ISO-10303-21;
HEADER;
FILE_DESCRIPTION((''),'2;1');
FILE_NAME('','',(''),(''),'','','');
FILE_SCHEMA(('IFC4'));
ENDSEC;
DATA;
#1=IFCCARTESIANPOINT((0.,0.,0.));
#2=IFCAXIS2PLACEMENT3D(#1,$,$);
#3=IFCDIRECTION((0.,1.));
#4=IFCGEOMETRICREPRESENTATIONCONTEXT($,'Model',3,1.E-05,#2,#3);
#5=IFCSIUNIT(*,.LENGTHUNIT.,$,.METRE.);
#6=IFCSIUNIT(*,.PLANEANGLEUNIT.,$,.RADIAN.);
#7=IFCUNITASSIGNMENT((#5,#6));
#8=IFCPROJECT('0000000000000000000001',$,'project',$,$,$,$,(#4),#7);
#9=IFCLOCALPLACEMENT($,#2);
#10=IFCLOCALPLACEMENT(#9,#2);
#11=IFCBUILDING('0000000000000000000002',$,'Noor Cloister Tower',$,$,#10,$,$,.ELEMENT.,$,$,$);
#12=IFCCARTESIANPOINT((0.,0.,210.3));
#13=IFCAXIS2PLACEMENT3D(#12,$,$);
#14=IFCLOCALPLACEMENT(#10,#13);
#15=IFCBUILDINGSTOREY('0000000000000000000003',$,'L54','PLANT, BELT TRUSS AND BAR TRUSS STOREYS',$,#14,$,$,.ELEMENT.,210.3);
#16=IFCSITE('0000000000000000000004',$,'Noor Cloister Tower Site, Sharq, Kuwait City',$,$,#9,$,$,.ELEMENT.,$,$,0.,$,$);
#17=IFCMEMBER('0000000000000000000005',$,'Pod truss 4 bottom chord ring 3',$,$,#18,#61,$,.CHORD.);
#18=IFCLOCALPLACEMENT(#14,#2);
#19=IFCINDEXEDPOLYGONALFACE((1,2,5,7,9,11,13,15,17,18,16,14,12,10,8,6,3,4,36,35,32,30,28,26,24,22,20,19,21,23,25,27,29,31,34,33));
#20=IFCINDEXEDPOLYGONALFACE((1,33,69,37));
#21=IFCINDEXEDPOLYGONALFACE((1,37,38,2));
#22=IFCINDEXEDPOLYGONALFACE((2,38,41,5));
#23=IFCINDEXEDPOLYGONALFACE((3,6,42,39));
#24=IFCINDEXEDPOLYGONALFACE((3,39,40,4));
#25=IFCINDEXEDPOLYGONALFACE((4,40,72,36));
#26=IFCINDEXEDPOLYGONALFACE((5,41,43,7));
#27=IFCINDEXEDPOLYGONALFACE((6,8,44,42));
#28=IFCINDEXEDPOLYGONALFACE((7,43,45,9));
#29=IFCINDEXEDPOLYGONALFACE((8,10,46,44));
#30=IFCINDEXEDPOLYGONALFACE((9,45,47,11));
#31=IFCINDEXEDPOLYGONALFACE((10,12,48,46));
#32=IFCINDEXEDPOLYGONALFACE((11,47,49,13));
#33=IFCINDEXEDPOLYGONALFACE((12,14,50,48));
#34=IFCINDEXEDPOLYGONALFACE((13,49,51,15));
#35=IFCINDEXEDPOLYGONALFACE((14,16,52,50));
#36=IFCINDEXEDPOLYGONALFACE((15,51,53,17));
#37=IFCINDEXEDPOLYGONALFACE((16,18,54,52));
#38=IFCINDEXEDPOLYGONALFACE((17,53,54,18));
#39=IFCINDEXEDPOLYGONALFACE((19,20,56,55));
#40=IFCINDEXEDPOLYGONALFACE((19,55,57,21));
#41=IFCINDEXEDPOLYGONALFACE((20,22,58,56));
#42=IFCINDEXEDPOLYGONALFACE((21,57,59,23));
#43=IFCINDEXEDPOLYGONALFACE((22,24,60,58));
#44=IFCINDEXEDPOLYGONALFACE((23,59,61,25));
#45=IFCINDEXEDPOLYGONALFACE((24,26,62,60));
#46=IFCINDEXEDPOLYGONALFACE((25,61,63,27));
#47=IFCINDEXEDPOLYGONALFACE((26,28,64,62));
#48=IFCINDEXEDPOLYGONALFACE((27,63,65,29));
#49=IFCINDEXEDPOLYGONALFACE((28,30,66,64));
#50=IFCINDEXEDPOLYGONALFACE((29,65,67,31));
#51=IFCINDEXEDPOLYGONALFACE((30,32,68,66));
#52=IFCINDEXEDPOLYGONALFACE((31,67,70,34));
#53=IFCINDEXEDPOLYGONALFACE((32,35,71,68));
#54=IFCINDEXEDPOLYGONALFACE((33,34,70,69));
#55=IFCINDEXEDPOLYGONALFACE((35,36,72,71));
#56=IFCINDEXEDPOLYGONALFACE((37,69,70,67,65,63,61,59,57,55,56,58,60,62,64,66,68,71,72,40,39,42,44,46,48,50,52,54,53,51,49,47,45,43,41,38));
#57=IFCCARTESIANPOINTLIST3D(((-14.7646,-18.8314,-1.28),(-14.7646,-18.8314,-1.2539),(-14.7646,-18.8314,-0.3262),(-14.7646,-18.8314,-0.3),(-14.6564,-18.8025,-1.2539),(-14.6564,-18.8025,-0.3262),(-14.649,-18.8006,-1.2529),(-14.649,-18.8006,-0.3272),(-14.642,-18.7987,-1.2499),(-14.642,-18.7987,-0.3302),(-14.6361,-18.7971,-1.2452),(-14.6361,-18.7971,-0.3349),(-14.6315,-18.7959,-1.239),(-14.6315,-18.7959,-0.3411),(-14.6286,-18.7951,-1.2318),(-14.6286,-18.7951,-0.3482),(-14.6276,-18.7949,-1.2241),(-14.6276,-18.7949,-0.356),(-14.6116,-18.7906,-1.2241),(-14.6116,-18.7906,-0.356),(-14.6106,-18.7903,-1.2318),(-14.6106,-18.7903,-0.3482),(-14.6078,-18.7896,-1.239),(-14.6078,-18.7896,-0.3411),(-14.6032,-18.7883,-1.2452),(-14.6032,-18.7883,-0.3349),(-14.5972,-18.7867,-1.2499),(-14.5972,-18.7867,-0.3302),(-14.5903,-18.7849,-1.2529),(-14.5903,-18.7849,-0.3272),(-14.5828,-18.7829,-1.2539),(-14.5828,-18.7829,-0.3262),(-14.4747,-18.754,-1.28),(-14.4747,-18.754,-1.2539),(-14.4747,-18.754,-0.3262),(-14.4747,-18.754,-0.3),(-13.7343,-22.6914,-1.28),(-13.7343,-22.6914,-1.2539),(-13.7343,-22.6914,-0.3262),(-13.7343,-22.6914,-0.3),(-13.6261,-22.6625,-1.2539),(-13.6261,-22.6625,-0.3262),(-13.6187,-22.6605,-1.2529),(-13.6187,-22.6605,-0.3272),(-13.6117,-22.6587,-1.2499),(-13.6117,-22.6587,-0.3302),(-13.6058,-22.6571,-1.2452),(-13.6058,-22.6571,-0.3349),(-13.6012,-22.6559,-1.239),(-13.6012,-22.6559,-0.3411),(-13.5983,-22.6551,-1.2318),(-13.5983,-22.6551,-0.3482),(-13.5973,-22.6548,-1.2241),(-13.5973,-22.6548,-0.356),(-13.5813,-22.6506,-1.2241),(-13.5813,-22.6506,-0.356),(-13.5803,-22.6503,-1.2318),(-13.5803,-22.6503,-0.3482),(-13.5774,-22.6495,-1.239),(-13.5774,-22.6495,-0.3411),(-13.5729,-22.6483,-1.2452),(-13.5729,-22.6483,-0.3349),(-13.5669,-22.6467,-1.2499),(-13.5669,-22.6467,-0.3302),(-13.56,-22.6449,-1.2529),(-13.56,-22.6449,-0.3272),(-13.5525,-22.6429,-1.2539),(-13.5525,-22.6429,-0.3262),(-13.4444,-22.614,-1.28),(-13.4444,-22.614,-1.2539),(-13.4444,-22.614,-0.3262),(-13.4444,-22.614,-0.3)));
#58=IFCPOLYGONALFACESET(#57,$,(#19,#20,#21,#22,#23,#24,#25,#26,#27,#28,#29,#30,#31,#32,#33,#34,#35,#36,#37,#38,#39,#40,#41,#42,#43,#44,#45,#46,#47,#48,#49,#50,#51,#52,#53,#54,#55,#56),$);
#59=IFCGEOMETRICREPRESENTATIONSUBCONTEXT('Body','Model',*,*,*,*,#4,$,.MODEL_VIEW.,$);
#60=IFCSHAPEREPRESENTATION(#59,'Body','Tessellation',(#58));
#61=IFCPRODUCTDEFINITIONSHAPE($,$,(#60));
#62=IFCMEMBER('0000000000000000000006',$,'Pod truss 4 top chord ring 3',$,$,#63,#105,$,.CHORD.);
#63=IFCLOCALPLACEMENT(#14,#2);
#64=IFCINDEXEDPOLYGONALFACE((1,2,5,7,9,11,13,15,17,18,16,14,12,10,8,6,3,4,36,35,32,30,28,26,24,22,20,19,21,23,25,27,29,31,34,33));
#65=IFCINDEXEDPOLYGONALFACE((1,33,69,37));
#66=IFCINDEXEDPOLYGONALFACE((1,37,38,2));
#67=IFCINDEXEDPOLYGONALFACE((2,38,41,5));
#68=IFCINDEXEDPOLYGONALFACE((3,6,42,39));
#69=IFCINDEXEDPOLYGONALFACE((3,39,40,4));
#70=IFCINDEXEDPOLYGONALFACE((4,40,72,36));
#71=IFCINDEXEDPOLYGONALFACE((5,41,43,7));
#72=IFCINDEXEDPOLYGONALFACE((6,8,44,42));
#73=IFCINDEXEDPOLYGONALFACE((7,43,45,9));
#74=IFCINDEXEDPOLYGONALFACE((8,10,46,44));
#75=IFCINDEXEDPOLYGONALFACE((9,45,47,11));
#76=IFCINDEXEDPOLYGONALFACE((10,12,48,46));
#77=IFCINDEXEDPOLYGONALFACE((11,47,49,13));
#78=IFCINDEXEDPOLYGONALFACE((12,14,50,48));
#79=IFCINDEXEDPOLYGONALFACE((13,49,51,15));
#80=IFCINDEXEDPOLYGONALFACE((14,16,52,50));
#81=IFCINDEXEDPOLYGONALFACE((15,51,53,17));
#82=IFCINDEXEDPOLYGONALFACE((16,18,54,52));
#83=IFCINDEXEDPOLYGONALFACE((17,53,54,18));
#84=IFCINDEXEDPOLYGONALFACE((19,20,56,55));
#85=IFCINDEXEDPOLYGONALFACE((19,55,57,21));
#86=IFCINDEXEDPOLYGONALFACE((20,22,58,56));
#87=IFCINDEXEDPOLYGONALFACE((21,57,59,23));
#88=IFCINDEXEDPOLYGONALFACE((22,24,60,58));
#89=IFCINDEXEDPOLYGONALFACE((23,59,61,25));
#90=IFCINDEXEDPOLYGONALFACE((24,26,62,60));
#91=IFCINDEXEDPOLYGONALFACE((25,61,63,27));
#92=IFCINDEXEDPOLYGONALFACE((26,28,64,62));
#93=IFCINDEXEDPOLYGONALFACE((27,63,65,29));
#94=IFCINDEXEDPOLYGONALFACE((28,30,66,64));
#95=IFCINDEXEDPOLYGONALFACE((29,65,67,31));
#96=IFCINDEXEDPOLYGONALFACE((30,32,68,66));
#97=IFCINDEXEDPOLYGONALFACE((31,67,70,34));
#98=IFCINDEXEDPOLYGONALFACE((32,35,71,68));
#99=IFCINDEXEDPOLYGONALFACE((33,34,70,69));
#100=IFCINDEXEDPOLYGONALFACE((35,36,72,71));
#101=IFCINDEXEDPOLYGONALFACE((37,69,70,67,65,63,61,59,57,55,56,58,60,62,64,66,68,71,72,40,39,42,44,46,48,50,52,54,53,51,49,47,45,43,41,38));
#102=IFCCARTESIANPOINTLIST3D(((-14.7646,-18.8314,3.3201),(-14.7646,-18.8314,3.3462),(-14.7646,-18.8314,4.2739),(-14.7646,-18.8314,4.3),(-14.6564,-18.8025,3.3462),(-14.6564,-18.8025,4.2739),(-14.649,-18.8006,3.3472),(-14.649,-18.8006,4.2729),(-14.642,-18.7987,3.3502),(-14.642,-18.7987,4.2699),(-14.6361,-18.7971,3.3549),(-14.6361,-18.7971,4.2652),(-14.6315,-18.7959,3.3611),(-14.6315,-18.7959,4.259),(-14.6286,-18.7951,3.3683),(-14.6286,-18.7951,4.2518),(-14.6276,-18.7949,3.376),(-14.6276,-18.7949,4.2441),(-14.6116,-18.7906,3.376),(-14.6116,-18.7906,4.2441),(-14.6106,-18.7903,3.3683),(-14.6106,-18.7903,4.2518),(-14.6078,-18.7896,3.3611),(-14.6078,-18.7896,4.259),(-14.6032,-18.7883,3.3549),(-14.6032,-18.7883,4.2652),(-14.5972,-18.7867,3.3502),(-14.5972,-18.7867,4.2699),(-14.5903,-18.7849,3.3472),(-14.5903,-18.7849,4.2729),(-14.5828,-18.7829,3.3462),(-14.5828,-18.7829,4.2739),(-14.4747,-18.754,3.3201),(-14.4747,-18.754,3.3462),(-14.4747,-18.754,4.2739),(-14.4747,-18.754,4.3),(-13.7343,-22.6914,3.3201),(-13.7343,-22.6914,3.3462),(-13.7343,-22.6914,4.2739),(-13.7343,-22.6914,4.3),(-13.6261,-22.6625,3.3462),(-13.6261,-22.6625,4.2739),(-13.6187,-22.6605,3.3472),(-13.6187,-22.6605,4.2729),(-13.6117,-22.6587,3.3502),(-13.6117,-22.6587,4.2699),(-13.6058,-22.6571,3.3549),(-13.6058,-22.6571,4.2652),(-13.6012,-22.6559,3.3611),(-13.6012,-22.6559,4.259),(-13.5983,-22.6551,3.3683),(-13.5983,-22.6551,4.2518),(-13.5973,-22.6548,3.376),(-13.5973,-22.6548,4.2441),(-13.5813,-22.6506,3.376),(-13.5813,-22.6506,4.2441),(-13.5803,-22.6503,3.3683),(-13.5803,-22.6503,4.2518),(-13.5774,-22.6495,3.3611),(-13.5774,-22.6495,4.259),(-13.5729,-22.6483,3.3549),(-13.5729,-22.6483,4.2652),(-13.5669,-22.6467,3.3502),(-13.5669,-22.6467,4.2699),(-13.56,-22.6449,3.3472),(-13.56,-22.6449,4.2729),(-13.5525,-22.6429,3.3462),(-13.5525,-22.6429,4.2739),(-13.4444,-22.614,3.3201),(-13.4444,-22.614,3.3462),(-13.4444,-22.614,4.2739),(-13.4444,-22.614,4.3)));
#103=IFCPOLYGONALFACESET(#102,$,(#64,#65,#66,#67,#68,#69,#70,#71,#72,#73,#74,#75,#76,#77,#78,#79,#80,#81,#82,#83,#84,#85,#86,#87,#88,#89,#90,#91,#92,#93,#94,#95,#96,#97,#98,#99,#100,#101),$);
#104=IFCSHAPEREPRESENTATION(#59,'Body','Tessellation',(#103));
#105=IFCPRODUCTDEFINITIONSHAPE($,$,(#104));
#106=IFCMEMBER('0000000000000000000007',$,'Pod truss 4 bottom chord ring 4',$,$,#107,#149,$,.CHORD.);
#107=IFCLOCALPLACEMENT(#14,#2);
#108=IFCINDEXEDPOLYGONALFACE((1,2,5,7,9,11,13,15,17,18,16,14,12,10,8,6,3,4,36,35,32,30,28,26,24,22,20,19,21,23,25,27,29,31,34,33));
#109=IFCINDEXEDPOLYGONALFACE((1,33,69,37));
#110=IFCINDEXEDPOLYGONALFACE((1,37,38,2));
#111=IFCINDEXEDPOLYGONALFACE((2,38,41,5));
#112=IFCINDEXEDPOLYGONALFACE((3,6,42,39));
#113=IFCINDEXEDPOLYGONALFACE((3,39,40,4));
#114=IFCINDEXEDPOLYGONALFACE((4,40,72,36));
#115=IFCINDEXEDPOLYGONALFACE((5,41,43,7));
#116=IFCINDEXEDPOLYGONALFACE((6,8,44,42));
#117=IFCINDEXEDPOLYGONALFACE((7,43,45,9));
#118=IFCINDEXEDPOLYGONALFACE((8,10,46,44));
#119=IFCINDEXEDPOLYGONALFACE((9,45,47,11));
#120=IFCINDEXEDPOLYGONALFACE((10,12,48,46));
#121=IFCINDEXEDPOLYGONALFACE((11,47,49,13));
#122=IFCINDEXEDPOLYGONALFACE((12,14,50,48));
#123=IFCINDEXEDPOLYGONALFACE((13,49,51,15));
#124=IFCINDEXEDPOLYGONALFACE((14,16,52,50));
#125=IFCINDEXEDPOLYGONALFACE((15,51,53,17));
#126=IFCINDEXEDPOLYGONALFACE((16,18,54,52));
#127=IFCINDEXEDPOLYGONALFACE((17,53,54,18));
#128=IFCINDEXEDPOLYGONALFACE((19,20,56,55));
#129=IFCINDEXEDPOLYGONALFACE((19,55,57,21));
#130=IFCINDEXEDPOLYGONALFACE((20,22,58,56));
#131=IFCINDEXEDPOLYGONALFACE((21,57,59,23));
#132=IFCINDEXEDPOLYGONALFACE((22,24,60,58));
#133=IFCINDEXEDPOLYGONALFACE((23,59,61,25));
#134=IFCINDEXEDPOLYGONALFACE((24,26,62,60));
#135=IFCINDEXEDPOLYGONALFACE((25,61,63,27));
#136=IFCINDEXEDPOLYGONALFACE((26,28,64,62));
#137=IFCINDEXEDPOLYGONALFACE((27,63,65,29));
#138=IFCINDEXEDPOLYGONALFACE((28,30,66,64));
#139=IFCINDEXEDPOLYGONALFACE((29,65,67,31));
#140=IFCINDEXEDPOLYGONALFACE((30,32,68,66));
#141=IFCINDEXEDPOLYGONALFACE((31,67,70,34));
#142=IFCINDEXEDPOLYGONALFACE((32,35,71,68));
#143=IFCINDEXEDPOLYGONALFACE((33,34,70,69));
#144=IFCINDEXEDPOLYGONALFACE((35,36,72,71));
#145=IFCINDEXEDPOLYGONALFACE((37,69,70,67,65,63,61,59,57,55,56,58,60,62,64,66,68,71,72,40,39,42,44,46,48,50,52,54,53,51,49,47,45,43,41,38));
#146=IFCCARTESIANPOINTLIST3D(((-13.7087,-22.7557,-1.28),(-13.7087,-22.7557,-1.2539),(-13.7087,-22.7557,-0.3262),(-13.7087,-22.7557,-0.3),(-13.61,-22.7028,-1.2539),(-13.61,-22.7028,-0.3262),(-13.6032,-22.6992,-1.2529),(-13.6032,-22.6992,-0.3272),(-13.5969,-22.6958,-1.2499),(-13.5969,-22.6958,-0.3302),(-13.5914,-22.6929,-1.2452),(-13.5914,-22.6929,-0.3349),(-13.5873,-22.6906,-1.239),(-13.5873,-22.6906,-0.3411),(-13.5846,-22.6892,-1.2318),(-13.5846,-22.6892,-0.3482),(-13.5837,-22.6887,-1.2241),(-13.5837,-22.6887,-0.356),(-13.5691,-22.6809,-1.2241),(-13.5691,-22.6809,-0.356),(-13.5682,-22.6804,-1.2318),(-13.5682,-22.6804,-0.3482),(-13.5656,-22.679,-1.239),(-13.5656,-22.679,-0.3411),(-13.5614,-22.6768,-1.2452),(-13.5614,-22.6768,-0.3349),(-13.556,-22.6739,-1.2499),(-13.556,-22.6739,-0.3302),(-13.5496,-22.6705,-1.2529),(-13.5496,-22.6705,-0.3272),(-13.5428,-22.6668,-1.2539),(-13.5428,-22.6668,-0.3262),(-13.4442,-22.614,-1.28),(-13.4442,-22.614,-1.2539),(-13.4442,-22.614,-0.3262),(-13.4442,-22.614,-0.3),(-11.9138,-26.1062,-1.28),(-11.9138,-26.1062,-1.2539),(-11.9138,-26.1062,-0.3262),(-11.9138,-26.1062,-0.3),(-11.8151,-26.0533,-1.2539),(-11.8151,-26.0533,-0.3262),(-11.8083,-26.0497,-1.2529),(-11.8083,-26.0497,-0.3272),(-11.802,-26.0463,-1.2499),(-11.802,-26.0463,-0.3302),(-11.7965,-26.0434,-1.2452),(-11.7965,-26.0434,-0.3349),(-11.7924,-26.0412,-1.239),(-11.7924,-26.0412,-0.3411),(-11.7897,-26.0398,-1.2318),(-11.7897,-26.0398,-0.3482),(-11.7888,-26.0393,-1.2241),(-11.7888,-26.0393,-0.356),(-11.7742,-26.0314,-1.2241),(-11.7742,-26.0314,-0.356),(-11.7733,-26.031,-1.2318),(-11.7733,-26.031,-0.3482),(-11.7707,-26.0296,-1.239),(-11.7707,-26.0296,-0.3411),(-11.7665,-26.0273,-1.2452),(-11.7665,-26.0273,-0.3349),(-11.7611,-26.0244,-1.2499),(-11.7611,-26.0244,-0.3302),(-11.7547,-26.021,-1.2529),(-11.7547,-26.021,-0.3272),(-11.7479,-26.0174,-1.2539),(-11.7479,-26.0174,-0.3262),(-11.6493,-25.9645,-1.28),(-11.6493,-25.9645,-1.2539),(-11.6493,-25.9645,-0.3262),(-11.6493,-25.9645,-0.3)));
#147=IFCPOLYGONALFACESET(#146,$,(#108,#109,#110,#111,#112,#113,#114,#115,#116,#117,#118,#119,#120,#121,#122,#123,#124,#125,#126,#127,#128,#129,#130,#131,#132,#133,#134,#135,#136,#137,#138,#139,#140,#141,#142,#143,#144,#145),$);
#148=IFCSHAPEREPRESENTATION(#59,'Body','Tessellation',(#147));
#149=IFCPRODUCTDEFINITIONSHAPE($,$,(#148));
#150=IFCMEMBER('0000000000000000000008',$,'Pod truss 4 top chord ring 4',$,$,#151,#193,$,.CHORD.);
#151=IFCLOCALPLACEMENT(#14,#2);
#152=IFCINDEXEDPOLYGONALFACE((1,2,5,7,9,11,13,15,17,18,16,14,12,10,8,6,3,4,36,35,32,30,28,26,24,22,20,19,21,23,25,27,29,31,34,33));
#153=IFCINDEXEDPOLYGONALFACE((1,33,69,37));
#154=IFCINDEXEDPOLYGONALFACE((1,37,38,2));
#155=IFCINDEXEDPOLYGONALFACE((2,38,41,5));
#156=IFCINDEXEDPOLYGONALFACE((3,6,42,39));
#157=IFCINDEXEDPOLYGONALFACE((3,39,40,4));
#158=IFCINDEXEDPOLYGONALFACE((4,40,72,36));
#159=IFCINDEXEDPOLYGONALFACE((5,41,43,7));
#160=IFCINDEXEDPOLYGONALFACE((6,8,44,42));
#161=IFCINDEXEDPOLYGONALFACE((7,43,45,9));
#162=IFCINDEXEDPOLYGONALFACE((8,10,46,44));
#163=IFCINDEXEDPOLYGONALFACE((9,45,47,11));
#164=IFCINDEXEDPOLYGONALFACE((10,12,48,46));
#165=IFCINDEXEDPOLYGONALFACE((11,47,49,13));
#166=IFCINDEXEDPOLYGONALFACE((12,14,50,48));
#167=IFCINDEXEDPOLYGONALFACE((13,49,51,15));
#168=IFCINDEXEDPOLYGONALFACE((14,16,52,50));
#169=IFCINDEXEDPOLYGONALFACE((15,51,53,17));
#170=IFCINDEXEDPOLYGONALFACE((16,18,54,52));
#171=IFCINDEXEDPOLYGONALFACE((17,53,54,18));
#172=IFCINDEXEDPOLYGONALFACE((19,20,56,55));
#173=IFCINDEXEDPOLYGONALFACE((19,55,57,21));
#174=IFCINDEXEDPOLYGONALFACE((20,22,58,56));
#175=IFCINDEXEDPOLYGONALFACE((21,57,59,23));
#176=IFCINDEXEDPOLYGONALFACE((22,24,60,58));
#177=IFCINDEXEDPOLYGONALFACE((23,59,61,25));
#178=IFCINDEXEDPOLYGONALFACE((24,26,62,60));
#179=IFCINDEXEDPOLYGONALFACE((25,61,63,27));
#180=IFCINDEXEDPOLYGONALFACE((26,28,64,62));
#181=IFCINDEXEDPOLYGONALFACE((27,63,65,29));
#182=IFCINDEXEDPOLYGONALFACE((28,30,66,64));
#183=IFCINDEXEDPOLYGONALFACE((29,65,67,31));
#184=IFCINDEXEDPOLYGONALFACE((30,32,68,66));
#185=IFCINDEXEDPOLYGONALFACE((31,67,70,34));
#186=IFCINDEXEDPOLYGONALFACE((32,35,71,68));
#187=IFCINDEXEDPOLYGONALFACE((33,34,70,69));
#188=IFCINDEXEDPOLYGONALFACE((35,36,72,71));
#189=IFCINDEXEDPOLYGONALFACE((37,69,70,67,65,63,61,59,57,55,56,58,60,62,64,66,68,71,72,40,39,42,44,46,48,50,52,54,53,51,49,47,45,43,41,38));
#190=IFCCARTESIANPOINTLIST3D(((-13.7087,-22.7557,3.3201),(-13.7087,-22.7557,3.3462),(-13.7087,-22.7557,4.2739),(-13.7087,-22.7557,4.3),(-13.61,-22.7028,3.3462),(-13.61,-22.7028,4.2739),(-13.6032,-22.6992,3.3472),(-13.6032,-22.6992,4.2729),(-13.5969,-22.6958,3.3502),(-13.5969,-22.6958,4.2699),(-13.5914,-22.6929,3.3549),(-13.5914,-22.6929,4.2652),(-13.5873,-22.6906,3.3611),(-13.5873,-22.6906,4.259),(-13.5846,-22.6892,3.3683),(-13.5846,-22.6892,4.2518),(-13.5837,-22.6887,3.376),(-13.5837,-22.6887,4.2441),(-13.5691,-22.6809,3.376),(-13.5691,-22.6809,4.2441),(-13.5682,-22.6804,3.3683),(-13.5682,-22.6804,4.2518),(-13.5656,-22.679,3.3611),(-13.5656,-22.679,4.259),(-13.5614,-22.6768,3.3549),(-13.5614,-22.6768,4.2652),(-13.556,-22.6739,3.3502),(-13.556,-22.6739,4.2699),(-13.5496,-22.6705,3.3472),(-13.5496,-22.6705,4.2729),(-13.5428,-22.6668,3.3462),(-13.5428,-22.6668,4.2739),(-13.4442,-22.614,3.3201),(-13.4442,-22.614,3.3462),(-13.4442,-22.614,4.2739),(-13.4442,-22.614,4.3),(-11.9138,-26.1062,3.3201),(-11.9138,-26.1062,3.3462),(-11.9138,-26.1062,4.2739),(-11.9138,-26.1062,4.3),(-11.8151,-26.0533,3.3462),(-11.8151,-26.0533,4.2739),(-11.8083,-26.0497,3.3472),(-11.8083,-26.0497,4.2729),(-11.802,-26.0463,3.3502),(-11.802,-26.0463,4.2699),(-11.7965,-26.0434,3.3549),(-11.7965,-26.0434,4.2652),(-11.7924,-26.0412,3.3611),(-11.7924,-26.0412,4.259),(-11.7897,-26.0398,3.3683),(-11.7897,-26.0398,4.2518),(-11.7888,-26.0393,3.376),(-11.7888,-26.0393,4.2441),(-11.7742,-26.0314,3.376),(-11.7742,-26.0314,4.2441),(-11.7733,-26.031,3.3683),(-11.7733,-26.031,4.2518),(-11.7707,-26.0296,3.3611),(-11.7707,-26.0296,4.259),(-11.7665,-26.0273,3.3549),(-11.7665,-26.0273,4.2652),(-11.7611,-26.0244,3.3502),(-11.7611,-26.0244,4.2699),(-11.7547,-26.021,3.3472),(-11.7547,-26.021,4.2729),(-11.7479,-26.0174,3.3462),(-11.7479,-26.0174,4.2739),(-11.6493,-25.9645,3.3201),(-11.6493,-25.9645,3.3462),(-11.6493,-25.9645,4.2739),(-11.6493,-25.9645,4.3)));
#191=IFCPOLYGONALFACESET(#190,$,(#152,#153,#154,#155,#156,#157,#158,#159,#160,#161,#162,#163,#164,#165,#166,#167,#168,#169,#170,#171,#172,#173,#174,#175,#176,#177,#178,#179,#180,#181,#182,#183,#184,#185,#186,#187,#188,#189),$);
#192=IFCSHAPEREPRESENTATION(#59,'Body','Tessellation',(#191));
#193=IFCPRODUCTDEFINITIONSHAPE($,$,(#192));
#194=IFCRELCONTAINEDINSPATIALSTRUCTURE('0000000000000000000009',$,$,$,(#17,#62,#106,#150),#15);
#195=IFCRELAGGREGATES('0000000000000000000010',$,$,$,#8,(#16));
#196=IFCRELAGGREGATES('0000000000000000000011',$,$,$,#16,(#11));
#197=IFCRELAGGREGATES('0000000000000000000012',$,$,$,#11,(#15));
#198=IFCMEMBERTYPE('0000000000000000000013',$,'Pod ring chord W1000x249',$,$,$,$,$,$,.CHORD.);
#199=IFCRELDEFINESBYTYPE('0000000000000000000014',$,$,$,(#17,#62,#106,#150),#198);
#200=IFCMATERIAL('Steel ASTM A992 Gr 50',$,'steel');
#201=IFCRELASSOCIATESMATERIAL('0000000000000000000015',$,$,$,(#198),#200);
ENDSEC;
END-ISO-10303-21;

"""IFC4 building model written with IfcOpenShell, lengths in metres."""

from ifc_helpers import new_model, si_unit, direction, frame, origin, origin_2d, place, context, subcontext, project, spatial, i_section, extrude, material, material_profile, profile_set, type_object, element, save


model = new_model("IFC4")

# Units and contexts
model_context = context("Model", 3, precision=1e-05, world=origin(), true_north=direction((0.0, 1.0)))
body_context = subcontext(model_context, "Body", "Model", "MODEL_VIEW")
ifc_project = project(units=[si_unit("LENGTHUNIT", "METRE"), si_unit("PLANEANGLEUNIT", "RADIAN")], contexts=[model_context])

# Site, building, storey
site_placement = place(None, origin())
site = spatial("IfcSite", under=ifc_project, at=site_placement, Name="Noor Cloister Tower Site, Sharq, Kuwait City", CompositionType="ELEMENT", RefElevation=0.0)
building_placement = place(site_placement, origin())
building = spatial("IfcBuilding", under=site, at=building_placement, Name="Noor Cloister Tower", CompositionType="ELEMENT")
storey_placement = place(building_placement, frame((0.0, 0.0, 210.3)))
storey = spatial("IfcBuildingStorey", under=building, at=storey_placement, Name="L54", Description="PLANT, BELT TRUSS AND BAR TRUSS STOREYS", CompositionType="ELEMENT", Elevation=210.3)

# Members
ifc_material_1 = material(Name="Steel ASTM A992 Gr 50", Category="steel")
ifc_material_profile_1 = material_profile(ifc_material_1, i_section(OverallWidth=0.3, OverallDepth=0.98, WebThickness=0.0166, FlangeThickness=0.0261, FilletRadius=0.0298, at=origin_2d()), Name="W1000x249")
ifc_profile_set_1 = profile_set([ifc_material_profile_1], Name="Steel ASTM A992 Gr 50")
member_type_1 = type_object("IfcMemberType", Name="Pod ring chord W1000x249", PredefinedType="CHORD", material=ifc_profile_set_1)
for number, where, z_axis, x_axis, name in (
    (1, (-14.6196, -18.7927, -0.79), (0.257891, -0.966174, 0.0), (0.966174, 0.257891, 0.0), "Pod truss 4 bottom chord ring 3"),
    (2, (-14.6196, -18.7927, 3.8101), (0.257891, -0.966174, 0.0), (0.966174, 0.257891, 0.0), "Pod truss 4 top chord ring 3"),
):
    element("IfcMember", number, at=place(storey_placement, frame(where, z_axis=z_axis, x_axis=x_axis)), inside=storey, type_object=member_type_1, Name=name, PredefinedType="CHORD", context=body_context, shape_type="SweptSolid", body=[
        extrude(i_section(OverallWidth=0.3, OverallDepth=0.98, WebThickness=0.0166, FlangeThickness=0.0261, FilletRadius=0.0298, at=origin_2d()), origin(), (0.0, 0.0, 1.0), 3.9951),
    ])
for number, where, z_axis, x_axis, name in (
    (3, (-13.5764, -22.6848, -0.79), (0.472214, -0.881484, 0.0), (0.881484, 0.472214, 0.0), "Pod truss 4 bottom chord ring 4"),
    (4, (-13.5764, -22.6848, 3.8101), (0.472214, -0.881484, 0.0), (0.881484, 0.472214, 0.0), "Pod truss 4 top chord ring 4"),
):
    element("IfcMember", number, at=place(storey_placement, frame(where, z_axis=z_axis, x_axis=x_axis)), inside=storey, type_object=member_type_1, Name=name, PredefinedType="CHORD", context=body_context, shape_type="SweptSolid", body=[
        extrude(i_section(OverallWidth=0.3, OverallDepth=0.98, WebThickness=0.0166, FlangeThickness=0.0261, FilletRadius=0.0298, at=origin_2d()), origin(), (0.0, 0.0, 1.0), 3.801),
    ])

save(model, "model.ifc")
